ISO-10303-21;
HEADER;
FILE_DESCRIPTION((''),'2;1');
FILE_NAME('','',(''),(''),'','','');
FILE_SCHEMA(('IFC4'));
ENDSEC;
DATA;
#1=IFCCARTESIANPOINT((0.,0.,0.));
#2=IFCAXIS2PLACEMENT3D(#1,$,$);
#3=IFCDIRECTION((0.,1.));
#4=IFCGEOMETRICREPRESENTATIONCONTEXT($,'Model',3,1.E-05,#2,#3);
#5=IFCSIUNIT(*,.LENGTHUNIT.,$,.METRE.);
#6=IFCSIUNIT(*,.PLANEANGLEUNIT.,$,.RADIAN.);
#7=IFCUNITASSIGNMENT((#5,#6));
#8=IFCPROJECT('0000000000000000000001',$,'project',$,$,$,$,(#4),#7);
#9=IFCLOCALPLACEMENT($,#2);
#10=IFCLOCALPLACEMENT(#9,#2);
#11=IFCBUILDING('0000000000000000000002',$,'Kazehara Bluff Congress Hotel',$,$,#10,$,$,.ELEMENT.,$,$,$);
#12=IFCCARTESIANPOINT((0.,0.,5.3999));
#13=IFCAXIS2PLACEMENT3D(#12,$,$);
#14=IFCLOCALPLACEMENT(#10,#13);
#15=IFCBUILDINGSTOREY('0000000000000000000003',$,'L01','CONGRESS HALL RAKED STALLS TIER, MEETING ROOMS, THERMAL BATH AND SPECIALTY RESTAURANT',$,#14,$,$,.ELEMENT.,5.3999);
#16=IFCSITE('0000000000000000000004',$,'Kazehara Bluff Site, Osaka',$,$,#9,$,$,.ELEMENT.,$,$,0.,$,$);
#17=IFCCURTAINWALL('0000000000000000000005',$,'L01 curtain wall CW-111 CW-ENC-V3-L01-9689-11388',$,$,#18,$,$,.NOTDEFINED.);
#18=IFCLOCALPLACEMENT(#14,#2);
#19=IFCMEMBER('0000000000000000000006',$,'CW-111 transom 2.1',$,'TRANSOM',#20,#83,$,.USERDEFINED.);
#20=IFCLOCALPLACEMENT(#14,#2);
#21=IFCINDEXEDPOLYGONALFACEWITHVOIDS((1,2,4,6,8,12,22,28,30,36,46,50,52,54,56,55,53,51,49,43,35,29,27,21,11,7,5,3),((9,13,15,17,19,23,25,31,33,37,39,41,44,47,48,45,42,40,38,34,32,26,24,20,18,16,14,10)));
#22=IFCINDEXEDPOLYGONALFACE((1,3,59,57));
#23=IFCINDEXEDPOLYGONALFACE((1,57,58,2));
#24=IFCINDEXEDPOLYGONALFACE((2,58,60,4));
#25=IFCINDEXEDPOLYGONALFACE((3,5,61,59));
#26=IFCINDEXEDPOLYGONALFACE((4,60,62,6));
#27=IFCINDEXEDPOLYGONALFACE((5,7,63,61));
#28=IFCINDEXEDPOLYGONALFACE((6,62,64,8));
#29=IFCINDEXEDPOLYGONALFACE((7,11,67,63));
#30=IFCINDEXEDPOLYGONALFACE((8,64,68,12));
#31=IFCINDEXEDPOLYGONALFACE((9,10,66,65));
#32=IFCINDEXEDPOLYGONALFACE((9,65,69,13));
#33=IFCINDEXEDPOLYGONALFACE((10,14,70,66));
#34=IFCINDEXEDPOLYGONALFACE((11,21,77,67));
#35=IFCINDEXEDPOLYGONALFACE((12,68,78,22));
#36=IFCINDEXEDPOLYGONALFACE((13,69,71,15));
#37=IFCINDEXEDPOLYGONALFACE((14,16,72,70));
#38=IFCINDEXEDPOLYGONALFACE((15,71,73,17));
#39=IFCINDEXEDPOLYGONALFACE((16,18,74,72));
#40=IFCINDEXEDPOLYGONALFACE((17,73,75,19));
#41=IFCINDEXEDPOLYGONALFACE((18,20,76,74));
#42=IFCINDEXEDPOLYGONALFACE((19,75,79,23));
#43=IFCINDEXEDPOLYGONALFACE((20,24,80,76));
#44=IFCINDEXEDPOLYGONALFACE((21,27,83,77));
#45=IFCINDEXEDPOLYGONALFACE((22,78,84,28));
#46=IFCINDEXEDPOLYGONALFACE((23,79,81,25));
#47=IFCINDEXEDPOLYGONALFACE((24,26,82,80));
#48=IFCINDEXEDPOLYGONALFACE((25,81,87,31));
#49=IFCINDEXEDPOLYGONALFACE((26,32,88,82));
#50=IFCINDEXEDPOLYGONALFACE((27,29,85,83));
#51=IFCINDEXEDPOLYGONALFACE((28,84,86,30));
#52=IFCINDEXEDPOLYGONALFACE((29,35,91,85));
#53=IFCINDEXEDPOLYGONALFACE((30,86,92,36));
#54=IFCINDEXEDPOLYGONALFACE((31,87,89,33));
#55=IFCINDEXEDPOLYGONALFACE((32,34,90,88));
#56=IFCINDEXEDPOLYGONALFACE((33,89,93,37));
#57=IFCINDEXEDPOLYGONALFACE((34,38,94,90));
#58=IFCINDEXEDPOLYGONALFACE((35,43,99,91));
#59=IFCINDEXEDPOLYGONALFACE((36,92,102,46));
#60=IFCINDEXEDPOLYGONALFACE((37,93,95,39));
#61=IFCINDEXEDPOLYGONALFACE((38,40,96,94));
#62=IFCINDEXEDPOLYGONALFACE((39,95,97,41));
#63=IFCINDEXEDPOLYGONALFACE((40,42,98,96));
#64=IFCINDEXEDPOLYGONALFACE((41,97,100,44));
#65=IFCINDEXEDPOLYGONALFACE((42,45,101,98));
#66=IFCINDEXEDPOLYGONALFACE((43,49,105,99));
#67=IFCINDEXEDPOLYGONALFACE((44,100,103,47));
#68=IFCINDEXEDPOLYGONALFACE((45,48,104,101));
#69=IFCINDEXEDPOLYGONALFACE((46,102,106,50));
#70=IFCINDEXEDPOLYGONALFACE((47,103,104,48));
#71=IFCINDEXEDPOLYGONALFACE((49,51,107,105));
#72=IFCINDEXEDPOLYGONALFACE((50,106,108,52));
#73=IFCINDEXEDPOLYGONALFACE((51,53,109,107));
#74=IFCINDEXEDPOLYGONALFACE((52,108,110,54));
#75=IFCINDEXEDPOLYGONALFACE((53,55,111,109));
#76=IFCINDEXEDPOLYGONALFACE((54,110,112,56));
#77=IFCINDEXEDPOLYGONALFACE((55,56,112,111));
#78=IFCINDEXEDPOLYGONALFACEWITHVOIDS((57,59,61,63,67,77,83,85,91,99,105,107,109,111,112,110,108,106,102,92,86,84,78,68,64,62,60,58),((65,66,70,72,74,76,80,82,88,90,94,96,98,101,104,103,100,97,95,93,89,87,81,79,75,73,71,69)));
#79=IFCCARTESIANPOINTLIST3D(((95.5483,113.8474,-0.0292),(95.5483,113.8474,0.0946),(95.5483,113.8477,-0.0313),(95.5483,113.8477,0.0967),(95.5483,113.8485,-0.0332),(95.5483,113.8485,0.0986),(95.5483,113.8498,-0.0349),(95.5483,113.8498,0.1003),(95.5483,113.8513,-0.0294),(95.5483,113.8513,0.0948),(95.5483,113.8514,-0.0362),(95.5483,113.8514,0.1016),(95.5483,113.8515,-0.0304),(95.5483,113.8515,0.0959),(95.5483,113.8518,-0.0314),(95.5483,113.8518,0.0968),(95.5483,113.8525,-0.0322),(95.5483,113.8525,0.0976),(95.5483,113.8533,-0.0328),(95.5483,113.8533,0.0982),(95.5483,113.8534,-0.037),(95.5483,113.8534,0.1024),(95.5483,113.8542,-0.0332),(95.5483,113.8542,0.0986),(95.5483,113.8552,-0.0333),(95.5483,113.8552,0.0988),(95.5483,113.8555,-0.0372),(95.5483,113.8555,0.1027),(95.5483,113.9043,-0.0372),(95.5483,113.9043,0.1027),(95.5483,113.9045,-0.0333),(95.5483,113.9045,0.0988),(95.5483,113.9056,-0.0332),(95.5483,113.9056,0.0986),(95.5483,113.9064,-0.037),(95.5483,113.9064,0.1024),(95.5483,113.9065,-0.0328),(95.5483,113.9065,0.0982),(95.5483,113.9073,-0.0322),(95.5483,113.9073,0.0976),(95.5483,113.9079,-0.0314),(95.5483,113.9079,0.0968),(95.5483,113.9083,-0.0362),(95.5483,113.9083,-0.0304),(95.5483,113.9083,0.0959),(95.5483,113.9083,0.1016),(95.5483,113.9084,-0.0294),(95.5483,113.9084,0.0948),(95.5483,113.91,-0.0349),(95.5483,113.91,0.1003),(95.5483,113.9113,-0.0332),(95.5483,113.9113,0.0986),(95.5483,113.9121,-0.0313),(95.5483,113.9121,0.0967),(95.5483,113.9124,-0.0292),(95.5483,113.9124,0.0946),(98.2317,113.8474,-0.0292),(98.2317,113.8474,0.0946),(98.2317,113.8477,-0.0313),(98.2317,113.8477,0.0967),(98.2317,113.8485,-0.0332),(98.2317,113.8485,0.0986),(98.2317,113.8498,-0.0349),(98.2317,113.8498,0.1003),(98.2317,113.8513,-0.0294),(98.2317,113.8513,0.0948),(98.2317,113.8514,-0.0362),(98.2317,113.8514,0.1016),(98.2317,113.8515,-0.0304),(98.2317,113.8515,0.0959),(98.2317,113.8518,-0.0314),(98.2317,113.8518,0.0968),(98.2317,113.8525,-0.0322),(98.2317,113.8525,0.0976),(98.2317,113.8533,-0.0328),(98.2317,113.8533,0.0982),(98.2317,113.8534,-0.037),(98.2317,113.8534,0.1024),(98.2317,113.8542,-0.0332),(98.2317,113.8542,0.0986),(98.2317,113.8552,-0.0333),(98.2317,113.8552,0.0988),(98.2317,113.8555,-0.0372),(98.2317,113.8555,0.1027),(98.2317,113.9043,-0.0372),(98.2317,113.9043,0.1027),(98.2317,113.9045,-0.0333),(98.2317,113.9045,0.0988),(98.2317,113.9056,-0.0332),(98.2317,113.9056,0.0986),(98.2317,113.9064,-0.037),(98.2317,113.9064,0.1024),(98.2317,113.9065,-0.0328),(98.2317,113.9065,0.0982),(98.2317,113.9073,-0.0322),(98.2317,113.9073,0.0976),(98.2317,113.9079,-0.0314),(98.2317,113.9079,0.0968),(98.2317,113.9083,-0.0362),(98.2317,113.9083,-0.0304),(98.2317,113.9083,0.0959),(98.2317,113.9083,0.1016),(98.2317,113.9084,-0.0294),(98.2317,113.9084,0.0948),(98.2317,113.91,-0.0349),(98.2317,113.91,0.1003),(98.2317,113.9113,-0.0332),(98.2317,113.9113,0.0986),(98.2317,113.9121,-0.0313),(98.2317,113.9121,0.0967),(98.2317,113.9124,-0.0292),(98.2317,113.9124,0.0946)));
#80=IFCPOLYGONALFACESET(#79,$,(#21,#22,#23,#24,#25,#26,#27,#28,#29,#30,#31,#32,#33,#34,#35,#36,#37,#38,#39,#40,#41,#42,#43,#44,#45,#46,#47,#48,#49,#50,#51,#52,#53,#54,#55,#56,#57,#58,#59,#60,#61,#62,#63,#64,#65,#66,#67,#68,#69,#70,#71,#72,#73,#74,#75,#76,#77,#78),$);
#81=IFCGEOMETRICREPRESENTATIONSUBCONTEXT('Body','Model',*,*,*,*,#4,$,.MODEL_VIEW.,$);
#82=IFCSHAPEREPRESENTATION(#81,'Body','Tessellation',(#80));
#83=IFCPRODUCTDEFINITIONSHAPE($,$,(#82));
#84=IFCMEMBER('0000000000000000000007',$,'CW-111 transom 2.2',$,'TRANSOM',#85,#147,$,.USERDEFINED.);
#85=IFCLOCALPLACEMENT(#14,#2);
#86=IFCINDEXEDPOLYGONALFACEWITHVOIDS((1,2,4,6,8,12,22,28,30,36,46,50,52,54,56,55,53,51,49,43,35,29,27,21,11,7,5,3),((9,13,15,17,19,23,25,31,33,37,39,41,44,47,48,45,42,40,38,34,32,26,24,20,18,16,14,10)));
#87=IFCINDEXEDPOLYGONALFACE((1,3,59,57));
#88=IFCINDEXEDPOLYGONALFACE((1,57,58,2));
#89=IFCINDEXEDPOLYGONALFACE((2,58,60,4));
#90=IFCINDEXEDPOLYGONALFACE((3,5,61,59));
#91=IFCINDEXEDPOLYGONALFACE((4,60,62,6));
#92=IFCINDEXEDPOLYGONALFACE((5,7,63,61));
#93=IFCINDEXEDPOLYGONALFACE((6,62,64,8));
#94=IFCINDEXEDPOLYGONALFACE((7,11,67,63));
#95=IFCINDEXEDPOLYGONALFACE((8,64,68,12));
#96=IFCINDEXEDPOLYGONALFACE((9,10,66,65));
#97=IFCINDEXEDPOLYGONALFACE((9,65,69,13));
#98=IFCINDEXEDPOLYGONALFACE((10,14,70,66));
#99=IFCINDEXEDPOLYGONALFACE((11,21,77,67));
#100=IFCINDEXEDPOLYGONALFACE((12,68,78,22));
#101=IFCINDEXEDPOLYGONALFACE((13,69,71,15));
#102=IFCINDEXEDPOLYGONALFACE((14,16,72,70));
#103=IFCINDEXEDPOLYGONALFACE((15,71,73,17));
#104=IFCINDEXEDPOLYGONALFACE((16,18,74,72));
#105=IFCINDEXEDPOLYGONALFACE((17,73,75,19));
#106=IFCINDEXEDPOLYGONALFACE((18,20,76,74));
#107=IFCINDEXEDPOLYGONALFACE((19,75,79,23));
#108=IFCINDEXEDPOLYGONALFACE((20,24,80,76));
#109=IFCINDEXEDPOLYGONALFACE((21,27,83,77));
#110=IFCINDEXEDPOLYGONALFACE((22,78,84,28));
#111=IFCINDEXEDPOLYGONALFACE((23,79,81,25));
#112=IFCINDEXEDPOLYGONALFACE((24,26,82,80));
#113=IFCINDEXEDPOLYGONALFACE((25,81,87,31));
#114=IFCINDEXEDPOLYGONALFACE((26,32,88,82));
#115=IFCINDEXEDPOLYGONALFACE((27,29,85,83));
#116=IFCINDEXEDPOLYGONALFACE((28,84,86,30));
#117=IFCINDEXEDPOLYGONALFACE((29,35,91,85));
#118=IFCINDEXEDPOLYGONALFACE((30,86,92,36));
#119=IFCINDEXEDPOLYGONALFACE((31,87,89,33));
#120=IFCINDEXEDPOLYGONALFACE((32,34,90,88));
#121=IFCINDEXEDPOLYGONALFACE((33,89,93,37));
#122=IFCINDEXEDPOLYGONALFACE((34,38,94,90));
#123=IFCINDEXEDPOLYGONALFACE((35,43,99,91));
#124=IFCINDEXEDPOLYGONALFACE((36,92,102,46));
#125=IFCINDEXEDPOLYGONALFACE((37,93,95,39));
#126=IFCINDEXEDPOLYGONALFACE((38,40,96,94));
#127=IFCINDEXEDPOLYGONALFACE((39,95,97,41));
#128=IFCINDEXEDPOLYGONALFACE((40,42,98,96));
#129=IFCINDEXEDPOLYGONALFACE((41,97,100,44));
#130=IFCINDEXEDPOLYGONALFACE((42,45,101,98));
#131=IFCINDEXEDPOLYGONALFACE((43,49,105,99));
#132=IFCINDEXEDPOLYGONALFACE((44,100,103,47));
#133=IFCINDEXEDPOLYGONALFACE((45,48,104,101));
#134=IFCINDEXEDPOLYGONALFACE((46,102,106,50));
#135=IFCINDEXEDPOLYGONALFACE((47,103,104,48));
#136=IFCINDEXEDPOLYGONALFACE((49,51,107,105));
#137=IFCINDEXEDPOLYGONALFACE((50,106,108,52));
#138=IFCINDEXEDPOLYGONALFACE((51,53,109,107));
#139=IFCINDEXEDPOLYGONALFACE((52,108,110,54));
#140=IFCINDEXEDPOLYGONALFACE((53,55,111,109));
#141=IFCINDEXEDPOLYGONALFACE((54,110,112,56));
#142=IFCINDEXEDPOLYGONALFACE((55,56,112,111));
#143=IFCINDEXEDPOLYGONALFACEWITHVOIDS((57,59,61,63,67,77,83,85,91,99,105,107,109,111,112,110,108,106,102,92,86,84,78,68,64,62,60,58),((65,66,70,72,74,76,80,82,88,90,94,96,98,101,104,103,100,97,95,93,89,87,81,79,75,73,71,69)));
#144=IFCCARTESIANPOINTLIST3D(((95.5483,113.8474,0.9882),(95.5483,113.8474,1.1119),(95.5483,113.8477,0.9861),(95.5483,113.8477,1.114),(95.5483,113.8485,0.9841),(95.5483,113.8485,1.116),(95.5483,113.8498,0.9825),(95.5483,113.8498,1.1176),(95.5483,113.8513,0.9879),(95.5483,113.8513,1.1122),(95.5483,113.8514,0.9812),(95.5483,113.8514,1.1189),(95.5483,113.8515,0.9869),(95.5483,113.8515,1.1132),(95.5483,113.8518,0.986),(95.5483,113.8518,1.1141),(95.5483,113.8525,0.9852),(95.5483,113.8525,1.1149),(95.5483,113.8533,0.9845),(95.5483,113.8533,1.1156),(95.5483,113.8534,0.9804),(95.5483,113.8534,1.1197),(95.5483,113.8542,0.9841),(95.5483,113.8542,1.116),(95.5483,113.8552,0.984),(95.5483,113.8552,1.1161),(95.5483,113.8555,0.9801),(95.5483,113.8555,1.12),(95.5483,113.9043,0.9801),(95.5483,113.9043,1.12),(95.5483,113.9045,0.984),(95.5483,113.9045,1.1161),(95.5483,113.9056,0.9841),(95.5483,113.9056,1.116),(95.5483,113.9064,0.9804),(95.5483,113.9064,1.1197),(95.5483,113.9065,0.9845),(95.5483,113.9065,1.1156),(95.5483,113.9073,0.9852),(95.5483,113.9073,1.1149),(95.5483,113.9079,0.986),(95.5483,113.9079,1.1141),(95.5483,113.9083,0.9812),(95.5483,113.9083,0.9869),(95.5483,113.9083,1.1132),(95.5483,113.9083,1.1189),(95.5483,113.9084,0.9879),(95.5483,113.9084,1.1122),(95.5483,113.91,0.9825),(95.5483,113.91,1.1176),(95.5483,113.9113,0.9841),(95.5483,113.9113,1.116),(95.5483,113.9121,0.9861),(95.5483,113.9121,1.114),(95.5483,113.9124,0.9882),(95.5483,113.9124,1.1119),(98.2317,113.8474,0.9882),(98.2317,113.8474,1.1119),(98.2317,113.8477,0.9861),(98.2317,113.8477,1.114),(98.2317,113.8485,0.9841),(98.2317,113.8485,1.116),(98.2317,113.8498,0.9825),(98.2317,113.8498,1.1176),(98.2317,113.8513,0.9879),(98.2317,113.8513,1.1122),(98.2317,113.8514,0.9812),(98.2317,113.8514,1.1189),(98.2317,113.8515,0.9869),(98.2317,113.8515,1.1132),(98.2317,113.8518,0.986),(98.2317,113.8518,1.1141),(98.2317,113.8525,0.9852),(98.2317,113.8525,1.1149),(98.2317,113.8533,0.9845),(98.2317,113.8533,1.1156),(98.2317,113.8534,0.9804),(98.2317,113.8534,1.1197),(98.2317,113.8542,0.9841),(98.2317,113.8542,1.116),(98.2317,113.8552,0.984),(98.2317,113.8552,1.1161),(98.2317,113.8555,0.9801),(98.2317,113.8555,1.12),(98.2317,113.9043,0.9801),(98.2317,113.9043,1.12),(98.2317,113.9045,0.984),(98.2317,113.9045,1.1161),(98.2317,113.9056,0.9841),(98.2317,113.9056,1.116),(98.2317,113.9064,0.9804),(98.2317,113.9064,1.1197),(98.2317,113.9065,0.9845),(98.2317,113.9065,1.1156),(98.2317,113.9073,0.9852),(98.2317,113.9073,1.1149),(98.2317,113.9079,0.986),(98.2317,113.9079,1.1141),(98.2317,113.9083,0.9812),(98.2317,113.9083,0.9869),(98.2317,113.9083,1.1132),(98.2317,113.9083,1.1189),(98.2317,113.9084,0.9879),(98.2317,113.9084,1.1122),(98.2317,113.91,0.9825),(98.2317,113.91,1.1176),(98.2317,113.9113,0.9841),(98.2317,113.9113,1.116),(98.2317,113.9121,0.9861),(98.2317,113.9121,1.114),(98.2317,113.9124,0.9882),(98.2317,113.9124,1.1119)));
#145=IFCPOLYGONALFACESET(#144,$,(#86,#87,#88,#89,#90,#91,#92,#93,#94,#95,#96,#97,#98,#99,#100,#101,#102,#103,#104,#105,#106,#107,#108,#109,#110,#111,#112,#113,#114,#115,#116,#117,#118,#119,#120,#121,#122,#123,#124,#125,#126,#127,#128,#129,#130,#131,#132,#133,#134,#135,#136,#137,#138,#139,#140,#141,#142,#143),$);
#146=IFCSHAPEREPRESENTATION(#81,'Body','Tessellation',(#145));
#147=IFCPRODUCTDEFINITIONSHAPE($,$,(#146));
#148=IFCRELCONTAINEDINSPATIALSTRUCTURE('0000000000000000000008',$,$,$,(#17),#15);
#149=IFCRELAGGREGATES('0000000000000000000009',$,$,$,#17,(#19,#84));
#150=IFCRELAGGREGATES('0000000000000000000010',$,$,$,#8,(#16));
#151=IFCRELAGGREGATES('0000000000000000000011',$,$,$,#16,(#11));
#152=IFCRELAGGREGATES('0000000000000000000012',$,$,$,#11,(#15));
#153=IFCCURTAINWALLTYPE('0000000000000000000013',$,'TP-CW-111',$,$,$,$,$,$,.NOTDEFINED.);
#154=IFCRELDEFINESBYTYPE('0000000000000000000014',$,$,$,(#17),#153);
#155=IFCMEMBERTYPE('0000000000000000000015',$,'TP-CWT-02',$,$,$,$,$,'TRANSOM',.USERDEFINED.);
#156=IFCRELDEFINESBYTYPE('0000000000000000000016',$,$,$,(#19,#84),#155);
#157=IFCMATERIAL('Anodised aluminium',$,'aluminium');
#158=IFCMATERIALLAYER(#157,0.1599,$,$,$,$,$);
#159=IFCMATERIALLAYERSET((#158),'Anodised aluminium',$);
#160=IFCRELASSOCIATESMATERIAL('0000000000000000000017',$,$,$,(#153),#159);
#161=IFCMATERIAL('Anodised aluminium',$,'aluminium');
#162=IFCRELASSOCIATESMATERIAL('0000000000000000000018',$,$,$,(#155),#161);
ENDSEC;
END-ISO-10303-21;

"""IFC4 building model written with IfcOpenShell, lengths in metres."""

from ifc_helpers import new_model, si_unit, direction, frame, origin, origin_2d, place, context, subcontext, project, spatial, hollow_rectangle, extrude, material, layer, layer_set, material_profile, profile_set, type_object, element, aggregate, save


model = new_model("IFC4")

# Units and contexts
model_context = context("Model", 3, precision=1e-05, world=origin(), true_north=direction((0.0, 1.0)))
body_context = subcontext(model_context, "Body", "Model", "MODEL_VIEW")
ifc_project = project(units=[si_unit("LENGTHUNIT", "METRE"), si_unit("PLANEANGLEUNIT", "RADIAN")], contexts=[model_context])

# Site, building, storey
site_placement = place(None, origin())
site = spatial("IfcSite", under=ifc_project, at=site_placement, Name="Kazehara Bluff Site, Osaka", CompositionType="ELEMENT", RefElevation=0.0)
building_placement = place(site_placement, origin())
building = spatial("IfcBuilding", under=site, at=building_placement, Name="Kazehara Bluff Congress Hotel", CompositionType="ELEMENT")
storey_placement = place(building_placement, frame((0.0, 0.0, 5.3999)))
storey = spatial("IfcBuildingStorey", under=building, at=storey_placement, Name="L01", Description="CONGRESS HALL RAKED STALLS TIER, MEETING ROOMS, THERMAL BATH AND SPECIALTY RESTAURANT", CompositionType="ELEMENT", Elevation=5.3999)

# Curtain wall, members
ifc_material_1 = material(Name="Anodised aluminium", Category="aluminium")
ifc_layer_1 = layer(ifc_material_1, 0.1599)
ifc_layer_set_1 = layer_set([ifc_layer_1], Name="Anodised aluminium")
curtain_wall_type = type_object("IfcCurtainWallType", Name="TP-CW-111", PredefinedType="NOTDEFINED", material=ifc_layer_set_1)
curtain_wall_placement = place(storey_placement, origin())
curtain_wall = element("IfcCurtainWall", 1, at=curtain_wall_placement, inside=storey, type_object=curtain_wall_type, Name="L01 curtain wall CW-111 CW-ENC-V3-L01-9689-11388", PredefinedType="NOTDEFINED")
ifc_material_2 = material(Name="Anodised aluminium", Category="aluminium")
ifc_material_profile_1 = material_profile(ifc_material_2, hollow_rectangle(XDim=0.0649, YDim=0.1399, WallThickness=0.0039, InnerFilletRadius=0.0039, OuterFilletRadius=0.0081, at=origin_2d()))
ifc_profile_set_1 = profile_set([ifc_material_profile_1], Name="Anodised aluminium")
member_type_1 = type_object("IfcMemberType", Name="TP-CWT-02", ElementType="TRANSOM", PredefinedType="USERDEFINED", material=ifc_profile_set_1)
member_1_placement = place(storey_placement, frame((95.5483, 113.8799, 0.0327), z_axis=(1.0, 0.0, 0.0), x_axis=(0.0, 1.0, 0.0)))
member_1 = element("IfcMember", 2, at=member_1_placement, type_object=member_type_1, Name="CW-111 transom 2.1", ObjectType="TRANSOM", PredefinedType="USERDEFINED", context=body_context, shape_type="SweptSolid", body=[
    extrude(hollow_rectangle(XDim=0.0649, YDim=0.1399, WallThickness=0.0039, InnerFilletRadius=0.0039, OuterFilletRadius=0.0081, at=origin_2d()), origin(), (0.0, 0.0, 1.0), 2.6833),
])
member_2_placement = place(storey_placement, frame((95.5483, 113.8799, 1.05), z_axis=(1.0, 0.0, 0.0), x_axis=(0.0, 1.0, 0.0)))
member_2 = element("IfcMember", 3, at=member_2_placement, type_object=member_type_1, Name="CW-111 transom 2.2", ObjectType="TRANSOM", PredefinedType="USERDEFINED", context=body_context, shape_type="SweptSolid", body=[
    extrude(hollow_rectangle(XDim=0.0649, YDim=0.1399, WallThickness=0.0039, InnerFilletRadius=0.0039, OuterFilletRadius=0.0081, at=origin_2d()), origin(), (0.0, 0.0, 1.0), 2.6833),
])

aggregate(curtain_wall, [member_1, member_2])

save(model, "model.ifc")
